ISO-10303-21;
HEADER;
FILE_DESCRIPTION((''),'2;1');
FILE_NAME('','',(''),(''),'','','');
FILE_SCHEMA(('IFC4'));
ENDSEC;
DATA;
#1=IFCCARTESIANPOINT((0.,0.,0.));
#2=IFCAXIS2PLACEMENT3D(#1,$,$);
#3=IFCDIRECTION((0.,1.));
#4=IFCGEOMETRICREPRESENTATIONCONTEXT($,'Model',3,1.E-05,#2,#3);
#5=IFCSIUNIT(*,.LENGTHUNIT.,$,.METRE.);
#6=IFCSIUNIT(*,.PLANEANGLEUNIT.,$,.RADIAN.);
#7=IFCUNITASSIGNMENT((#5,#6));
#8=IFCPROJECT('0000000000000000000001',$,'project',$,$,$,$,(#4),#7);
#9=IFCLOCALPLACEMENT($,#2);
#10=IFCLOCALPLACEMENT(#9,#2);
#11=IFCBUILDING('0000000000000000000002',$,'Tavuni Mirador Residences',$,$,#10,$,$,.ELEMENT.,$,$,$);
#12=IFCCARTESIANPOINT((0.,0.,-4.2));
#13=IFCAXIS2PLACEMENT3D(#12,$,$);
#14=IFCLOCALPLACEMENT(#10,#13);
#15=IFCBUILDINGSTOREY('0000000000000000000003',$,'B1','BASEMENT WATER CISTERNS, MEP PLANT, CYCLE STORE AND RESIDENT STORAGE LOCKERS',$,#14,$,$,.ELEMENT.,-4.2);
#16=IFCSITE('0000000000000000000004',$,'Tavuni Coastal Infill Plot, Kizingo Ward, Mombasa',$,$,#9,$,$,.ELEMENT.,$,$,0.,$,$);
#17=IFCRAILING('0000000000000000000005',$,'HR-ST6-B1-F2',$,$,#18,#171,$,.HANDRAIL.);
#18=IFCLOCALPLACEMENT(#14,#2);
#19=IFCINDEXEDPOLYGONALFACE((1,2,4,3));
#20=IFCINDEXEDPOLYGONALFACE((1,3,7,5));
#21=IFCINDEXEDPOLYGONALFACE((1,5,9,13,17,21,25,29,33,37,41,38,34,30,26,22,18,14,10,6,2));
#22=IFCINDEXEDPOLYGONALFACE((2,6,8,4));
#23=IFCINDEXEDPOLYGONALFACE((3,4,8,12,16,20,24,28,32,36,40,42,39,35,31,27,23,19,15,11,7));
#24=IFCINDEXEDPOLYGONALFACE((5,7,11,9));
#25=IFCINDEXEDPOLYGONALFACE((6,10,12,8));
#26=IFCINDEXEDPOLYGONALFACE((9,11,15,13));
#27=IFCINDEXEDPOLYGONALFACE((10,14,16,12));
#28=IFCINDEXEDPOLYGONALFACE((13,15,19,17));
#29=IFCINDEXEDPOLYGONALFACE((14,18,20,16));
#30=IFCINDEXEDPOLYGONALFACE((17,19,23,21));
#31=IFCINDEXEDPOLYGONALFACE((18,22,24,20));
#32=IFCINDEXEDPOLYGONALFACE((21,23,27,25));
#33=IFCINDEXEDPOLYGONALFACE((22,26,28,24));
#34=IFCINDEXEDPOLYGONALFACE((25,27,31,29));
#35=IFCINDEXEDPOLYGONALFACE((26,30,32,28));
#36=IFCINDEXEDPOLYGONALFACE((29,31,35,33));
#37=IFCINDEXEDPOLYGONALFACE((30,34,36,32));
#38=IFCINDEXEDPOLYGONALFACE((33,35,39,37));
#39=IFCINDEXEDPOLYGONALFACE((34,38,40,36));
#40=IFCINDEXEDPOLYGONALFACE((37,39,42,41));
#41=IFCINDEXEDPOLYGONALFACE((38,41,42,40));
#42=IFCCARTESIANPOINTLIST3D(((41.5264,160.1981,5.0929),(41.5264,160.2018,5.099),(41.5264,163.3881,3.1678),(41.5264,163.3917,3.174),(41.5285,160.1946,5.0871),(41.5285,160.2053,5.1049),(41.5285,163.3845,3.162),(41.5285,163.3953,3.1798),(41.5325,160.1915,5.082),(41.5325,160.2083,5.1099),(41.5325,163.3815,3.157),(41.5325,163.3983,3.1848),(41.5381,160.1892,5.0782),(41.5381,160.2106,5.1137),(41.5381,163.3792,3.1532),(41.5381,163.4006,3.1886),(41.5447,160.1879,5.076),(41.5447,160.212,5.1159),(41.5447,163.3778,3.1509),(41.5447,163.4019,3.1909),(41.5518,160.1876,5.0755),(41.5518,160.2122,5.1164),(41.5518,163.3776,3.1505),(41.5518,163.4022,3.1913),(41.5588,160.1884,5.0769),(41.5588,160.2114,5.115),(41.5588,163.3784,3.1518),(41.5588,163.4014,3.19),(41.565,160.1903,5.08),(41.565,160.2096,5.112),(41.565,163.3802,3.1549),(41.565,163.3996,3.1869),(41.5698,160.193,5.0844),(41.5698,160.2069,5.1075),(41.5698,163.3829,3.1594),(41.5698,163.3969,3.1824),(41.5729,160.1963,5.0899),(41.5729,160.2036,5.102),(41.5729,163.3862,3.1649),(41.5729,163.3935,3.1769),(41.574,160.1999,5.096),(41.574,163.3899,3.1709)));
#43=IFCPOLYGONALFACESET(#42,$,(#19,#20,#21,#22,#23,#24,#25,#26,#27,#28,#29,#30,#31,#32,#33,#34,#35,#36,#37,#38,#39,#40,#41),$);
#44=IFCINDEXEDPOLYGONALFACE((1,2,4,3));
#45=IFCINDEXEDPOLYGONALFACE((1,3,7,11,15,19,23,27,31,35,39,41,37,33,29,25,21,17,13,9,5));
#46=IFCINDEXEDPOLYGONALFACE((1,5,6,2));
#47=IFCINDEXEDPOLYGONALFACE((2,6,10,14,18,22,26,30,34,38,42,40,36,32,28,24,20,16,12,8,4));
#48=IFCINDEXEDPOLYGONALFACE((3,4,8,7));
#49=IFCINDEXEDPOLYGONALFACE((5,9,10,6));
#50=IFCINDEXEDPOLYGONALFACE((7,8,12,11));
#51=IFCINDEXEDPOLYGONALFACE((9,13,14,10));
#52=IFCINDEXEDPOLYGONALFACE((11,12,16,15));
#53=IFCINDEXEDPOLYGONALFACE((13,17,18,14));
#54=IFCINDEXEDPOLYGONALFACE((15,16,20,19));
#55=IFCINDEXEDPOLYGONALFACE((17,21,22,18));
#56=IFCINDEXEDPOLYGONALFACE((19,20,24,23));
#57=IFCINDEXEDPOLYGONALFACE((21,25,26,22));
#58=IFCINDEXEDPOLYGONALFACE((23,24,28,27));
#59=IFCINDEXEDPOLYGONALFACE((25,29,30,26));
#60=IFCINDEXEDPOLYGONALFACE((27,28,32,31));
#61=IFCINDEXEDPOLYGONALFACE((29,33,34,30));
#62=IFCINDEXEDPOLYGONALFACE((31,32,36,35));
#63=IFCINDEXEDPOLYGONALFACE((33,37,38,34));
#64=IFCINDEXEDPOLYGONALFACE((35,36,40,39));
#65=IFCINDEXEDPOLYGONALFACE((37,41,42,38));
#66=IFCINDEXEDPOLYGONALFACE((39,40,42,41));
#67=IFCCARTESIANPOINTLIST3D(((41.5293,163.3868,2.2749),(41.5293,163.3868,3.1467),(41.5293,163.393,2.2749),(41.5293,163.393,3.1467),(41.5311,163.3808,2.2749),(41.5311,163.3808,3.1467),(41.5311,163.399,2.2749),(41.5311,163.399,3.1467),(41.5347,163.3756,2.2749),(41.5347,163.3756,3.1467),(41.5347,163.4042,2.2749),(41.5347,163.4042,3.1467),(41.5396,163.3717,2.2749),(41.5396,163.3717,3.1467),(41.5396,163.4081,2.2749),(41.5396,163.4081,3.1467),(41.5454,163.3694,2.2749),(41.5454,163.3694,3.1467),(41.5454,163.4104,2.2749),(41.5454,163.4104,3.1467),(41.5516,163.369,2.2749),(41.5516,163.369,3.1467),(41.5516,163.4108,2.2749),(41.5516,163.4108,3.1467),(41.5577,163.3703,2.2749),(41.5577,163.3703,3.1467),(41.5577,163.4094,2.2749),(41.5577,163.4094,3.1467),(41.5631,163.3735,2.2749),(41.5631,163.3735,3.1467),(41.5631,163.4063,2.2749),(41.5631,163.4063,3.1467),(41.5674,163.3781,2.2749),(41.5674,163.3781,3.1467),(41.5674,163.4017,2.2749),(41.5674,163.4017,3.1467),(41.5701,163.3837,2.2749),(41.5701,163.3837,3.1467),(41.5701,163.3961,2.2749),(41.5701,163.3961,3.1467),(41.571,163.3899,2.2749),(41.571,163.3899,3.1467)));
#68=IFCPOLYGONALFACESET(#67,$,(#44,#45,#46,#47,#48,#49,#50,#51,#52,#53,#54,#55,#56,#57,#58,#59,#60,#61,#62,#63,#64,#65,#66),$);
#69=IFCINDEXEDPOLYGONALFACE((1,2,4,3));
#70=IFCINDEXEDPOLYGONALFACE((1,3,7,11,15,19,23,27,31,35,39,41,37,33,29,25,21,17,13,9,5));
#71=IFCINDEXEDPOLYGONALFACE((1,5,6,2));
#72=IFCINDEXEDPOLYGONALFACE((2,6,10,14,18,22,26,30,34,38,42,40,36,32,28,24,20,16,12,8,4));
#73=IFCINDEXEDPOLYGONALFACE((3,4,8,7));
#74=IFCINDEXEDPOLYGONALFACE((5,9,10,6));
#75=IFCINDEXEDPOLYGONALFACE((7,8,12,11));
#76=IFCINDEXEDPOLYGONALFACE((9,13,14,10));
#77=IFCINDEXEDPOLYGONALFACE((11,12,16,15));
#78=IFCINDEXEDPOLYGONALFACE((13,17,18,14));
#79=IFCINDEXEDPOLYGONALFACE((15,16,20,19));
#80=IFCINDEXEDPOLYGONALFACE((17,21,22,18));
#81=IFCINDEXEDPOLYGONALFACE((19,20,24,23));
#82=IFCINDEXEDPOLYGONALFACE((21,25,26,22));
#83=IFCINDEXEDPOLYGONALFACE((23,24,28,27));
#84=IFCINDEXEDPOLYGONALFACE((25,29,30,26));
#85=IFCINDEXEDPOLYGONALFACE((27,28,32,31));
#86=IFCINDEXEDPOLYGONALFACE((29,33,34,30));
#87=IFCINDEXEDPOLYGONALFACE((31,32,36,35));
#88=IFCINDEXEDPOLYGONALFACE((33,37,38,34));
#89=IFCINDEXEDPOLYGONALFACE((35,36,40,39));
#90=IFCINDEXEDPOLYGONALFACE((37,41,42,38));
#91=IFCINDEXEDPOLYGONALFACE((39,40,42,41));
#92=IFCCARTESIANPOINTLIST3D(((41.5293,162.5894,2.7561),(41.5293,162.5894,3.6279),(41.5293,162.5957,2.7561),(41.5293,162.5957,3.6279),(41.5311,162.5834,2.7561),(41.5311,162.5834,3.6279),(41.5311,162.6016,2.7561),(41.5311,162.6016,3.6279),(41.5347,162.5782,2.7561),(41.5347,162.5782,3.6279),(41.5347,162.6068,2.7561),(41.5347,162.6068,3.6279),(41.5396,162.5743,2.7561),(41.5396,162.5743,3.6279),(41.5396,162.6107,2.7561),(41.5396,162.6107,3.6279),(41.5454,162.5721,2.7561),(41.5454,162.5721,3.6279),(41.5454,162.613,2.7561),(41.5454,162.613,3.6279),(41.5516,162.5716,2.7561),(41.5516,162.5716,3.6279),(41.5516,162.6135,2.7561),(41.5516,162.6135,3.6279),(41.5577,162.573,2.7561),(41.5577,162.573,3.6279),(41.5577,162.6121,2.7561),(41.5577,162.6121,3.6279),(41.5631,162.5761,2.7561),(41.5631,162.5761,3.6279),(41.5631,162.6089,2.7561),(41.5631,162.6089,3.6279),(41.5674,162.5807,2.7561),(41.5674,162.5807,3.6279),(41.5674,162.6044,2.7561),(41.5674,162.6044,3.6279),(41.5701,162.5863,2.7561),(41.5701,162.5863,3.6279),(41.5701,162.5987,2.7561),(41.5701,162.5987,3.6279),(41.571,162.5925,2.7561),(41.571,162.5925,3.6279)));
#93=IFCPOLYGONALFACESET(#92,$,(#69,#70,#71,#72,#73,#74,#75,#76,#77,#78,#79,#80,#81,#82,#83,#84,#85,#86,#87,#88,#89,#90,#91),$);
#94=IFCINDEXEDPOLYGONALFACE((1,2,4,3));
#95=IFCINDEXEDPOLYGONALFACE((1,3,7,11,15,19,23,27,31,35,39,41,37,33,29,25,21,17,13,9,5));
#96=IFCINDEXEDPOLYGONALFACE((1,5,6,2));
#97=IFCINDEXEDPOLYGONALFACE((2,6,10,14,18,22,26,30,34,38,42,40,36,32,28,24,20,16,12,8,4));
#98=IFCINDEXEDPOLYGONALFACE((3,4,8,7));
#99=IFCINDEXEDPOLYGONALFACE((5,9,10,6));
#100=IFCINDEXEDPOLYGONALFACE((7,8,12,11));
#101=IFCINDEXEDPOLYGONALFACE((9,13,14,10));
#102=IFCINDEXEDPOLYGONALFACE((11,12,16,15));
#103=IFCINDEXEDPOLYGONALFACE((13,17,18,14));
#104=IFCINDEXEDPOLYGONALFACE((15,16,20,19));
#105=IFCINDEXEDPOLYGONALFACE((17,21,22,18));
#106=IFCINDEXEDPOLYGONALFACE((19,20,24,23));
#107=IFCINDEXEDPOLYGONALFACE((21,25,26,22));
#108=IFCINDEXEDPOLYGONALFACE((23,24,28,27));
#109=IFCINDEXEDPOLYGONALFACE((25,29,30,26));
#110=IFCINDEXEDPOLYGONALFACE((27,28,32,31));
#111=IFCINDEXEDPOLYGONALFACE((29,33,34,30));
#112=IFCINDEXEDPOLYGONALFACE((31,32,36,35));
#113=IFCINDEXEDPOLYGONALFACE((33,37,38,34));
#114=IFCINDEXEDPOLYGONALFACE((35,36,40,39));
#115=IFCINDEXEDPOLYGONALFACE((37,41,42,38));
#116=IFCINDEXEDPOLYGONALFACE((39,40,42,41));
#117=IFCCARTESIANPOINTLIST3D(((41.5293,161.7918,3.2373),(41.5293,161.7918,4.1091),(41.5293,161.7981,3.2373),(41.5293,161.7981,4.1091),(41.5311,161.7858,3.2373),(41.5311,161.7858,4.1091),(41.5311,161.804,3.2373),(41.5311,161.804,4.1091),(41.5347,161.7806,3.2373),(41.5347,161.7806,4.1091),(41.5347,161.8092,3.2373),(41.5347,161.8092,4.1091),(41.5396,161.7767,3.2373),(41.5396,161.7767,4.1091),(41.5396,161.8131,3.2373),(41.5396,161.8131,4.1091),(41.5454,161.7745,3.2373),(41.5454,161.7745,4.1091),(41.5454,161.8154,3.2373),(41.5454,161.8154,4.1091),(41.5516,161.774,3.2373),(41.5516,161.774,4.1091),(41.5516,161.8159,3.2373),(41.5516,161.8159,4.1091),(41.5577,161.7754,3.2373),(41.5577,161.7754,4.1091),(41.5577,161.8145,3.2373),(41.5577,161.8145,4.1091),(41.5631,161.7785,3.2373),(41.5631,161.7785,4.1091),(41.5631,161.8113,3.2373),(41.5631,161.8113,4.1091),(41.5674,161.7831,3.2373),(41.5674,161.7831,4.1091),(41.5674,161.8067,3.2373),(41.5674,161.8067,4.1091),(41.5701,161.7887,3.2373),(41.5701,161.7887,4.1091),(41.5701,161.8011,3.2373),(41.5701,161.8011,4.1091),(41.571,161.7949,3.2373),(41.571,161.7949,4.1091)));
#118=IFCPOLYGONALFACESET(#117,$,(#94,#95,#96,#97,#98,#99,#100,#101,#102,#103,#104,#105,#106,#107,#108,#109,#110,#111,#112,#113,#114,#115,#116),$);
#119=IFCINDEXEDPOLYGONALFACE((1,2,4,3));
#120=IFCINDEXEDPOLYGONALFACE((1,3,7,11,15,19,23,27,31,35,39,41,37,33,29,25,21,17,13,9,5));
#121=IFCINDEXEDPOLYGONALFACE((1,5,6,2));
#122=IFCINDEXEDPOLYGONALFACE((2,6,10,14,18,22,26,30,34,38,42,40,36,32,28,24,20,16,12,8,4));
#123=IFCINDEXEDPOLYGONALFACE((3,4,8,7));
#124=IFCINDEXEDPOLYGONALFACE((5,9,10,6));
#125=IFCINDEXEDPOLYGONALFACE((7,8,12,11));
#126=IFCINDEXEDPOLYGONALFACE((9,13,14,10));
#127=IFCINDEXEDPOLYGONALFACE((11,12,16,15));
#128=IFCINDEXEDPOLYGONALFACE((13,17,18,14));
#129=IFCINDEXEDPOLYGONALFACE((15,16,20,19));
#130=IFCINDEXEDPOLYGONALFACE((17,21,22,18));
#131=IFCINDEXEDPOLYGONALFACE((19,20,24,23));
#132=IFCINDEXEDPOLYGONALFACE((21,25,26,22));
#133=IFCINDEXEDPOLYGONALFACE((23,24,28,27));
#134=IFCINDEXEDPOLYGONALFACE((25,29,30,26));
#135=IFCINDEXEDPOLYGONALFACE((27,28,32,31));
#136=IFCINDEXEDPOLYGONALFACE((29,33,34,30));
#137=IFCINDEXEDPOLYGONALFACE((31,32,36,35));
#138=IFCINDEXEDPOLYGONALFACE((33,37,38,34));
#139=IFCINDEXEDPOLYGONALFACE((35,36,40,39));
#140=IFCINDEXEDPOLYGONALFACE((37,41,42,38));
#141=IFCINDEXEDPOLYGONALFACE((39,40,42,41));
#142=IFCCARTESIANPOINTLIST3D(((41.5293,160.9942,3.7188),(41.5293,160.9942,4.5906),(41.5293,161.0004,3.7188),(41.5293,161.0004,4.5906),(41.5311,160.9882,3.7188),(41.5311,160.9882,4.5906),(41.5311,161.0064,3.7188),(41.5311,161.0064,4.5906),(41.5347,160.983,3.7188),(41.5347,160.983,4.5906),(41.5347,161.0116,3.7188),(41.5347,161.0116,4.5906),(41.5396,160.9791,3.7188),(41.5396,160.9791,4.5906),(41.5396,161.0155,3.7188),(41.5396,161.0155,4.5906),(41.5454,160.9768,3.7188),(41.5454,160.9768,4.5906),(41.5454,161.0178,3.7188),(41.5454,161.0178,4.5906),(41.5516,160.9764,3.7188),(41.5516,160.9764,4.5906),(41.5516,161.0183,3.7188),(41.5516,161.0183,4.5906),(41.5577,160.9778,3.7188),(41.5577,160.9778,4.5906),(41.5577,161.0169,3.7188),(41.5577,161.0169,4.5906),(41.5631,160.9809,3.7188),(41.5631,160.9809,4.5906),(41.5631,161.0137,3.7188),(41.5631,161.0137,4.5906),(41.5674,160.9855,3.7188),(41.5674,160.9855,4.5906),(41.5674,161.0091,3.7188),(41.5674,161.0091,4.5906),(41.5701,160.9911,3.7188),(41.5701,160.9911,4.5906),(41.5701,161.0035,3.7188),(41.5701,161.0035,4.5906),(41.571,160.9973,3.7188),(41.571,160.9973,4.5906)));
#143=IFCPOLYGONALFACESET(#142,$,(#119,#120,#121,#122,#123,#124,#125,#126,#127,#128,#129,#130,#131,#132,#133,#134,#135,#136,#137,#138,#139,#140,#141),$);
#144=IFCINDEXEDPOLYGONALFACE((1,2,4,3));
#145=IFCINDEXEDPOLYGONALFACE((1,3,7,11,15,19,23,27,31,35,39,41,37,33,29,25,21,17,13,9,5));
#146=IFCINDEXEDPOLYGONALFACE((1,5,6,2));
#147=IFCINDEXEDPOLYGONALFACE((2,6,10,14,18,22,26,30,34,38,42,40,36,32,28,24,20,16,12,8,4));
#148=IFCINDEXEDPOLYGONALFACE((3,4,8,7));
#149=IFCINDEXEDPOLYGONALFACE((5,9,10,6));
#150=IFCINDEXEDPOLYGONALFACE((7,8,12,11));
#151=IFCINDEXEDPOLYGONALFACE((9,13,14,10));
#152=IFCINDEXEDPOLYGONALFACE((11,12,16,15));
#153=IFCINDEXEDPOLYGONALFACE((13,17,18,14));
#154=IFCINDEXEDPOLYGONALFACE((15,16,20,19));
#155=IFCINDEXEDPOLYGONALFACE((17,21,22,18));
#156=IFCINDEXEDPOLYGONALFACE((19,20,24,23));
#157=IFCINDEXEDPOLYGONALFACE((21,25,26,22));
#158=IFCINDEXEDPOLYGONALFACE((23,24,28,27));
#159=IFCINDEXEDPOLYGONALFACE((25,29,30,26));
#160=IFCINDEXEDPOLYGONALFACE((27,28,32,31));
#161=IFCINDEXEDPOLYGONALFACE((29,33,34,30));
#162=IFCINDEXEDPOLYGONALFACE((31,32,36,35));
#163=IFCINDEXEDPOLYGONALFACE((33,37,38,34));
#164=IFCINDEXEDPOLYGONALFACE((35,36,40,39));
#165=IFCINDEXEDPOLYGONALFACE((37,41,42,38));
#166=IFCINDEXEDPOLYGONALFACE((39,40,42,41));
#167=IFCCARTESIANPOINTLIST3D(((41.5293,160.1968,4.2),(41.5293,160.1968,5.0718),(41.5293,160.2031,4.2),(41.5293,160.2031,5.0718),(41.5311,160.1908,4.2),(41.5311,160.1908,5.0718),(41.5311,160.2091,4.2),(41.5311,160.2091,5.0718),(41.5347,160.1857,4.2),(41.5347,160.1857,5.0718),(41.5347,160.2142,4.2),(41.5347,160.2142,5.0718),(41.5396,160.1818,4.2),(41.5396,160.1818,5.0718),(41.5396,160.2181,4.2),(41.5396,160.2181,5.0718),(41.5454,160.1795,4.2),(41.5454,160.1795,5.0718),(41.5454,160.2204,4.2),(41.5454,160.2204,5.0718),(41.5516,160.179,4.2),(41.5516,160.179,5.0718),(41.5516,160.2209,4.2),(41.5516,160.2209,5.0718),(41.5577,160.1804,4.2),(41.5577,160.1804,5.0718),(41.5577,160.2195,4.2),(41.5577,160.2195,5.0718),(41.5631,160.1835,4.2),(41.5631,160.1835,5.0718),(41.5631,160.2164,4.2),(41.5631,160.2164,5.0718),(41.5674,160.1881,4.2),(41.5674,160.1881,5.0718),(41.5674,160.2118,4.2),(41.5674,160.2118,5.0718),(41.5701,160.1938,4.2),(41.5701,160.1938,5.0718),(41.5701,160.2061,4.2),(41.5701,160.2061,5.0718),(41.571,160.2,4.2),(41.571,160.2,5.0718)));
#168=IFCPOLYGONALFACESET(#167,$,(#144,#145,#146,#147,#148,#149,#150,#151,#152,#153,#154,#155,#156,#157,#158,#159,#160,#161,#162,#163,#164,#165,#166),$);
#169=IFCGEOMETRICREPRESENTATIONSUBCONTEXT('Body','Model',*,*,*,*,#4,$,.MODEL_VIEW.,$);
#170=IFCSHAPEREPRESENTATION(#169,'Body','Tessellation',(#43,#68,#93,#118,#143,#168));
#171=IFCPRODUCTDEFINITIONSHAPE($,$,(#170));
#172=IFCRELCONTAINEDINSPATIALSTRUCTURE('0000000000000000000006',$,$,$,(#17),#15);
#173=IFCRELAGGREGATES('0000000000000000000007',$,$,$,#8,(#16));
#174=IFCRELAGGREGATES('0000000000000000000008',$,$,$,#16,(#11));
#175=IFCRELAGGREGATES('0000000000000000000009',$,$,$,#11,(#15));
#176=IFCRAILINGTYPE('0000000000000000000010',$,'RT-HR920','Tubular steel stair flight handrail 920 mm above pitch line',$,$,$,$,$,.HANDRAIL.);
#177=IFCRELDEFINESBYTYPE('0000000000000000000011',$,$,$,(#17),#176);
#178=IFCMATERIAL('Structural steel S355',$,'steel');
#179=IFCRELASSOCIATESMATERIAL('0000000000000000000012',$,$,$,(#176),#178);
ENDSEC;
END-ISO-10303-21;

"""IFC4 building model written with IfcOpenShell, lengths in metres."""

from ifc_helpers import new_model, si_unit, direction, frame, origin, origin_2d, place, context, subcontext, project, spatial, circle, extrude, material, type_object, element, save


model = new_model("IFC4")

# Units and contexts
model_context = context("Model", 3, precision=1e-05, world=origin(), true_north=direction((0.0, 1.0)))
body_context = subcontext(model_context, "Body", "Model", "MODEL_VIEW")
ifc_project = project(units=[si_unit("LENGTHUNIT", "METRE"), si_unit("PLANEANGLEUNIT", "RADIAN")], contexts=[model_context])

# Site, building, storey
site_placement = place(None, origin())
site = spatial("IfcSite", under=ifc_project, at=site_placement, Name="Tavuni Coastal Infill Plot, Kizingo Ward, Mombasa", CompositionType="ELEMENT", RefElevation=0.0)
building_placement = place(site_placement, origin())
building = spatial("IfcBuilding", under=site, at=building_placement, Name="Tavuni Mirador Residences", CompositionType="ELEMENT")
storey_placement = place(building_placement, frame((0.0, 0.0, -4.2)))
storey = spatial("IfcBuildingStorey", under=building, at=storey_placement, Name="B1", Description="BASEMENT WATER CISTERNS, MEP PLANT, CYCLE STORE AND RESIDENT STORAGE LOCKERS", CompositionType="ELEMENT", Elevation=-4.2)

# Shared definitions
ifc_material_1 = material(Name="Structural steel S355", Category="steel")

# Railing
railing_type_1 = type_object("IfcRailingType", Name="RT-HR920", Description="Tubular steel stair flight handrail 920 mm above pitch line", PredefinedType="HANDRAIL", material=ifc_material_1)
railing_1_placement = place(storey_placement, frame((41.55, 163.3899, 2.2749)))
element("IfcRailing", 1, at=railing_1_placement, inside=storey, type_object=railing_type_1, Name="HR-ST6-B1-F2", PredefinedType="HANDRAIL", context=body_context, shape_type="SweptSolid", body=[
    extrude(circle(Radius=0.0239, at=origin_2d()), frame((0.0, 0.0, 0.896), z_axis=(0.0, -0.856178, 0.516682), x_axis=(1.0, 0.0, 0.0)), (0.0, 0.0, 1.0), 3.7258),
    extrude(circle(Radius=0.021, at=origin_2d()), origin(), (0.0, 0.0, 1.0), 0.8718),
    extrude(circle(Radius=0.021, at=origin_2d()), frame((0.0, -0.7974, 0.4812)), (0.0, 0.0, 1.0), 0.8718),
    extrude(circle(Radius=0.021, at=origin_2d()), frame((0.0, -1.595, 0.9624)), (0.0, 0.0, 1.0), 0.8718),
    extrude(circle(Radius=0.021, at=origin_2d()), frame((0.0, -2.3926, 1.4438)), (0.0, 0.0, 1.0), 0.8718),
    extrude(circle(Radius=0.021, at=origin_2d()), frame((0.0, -3.1899, 1.925)), (0.0, 0.0, 1.0), 0.8718),
])

save(model, "model.ifc")
